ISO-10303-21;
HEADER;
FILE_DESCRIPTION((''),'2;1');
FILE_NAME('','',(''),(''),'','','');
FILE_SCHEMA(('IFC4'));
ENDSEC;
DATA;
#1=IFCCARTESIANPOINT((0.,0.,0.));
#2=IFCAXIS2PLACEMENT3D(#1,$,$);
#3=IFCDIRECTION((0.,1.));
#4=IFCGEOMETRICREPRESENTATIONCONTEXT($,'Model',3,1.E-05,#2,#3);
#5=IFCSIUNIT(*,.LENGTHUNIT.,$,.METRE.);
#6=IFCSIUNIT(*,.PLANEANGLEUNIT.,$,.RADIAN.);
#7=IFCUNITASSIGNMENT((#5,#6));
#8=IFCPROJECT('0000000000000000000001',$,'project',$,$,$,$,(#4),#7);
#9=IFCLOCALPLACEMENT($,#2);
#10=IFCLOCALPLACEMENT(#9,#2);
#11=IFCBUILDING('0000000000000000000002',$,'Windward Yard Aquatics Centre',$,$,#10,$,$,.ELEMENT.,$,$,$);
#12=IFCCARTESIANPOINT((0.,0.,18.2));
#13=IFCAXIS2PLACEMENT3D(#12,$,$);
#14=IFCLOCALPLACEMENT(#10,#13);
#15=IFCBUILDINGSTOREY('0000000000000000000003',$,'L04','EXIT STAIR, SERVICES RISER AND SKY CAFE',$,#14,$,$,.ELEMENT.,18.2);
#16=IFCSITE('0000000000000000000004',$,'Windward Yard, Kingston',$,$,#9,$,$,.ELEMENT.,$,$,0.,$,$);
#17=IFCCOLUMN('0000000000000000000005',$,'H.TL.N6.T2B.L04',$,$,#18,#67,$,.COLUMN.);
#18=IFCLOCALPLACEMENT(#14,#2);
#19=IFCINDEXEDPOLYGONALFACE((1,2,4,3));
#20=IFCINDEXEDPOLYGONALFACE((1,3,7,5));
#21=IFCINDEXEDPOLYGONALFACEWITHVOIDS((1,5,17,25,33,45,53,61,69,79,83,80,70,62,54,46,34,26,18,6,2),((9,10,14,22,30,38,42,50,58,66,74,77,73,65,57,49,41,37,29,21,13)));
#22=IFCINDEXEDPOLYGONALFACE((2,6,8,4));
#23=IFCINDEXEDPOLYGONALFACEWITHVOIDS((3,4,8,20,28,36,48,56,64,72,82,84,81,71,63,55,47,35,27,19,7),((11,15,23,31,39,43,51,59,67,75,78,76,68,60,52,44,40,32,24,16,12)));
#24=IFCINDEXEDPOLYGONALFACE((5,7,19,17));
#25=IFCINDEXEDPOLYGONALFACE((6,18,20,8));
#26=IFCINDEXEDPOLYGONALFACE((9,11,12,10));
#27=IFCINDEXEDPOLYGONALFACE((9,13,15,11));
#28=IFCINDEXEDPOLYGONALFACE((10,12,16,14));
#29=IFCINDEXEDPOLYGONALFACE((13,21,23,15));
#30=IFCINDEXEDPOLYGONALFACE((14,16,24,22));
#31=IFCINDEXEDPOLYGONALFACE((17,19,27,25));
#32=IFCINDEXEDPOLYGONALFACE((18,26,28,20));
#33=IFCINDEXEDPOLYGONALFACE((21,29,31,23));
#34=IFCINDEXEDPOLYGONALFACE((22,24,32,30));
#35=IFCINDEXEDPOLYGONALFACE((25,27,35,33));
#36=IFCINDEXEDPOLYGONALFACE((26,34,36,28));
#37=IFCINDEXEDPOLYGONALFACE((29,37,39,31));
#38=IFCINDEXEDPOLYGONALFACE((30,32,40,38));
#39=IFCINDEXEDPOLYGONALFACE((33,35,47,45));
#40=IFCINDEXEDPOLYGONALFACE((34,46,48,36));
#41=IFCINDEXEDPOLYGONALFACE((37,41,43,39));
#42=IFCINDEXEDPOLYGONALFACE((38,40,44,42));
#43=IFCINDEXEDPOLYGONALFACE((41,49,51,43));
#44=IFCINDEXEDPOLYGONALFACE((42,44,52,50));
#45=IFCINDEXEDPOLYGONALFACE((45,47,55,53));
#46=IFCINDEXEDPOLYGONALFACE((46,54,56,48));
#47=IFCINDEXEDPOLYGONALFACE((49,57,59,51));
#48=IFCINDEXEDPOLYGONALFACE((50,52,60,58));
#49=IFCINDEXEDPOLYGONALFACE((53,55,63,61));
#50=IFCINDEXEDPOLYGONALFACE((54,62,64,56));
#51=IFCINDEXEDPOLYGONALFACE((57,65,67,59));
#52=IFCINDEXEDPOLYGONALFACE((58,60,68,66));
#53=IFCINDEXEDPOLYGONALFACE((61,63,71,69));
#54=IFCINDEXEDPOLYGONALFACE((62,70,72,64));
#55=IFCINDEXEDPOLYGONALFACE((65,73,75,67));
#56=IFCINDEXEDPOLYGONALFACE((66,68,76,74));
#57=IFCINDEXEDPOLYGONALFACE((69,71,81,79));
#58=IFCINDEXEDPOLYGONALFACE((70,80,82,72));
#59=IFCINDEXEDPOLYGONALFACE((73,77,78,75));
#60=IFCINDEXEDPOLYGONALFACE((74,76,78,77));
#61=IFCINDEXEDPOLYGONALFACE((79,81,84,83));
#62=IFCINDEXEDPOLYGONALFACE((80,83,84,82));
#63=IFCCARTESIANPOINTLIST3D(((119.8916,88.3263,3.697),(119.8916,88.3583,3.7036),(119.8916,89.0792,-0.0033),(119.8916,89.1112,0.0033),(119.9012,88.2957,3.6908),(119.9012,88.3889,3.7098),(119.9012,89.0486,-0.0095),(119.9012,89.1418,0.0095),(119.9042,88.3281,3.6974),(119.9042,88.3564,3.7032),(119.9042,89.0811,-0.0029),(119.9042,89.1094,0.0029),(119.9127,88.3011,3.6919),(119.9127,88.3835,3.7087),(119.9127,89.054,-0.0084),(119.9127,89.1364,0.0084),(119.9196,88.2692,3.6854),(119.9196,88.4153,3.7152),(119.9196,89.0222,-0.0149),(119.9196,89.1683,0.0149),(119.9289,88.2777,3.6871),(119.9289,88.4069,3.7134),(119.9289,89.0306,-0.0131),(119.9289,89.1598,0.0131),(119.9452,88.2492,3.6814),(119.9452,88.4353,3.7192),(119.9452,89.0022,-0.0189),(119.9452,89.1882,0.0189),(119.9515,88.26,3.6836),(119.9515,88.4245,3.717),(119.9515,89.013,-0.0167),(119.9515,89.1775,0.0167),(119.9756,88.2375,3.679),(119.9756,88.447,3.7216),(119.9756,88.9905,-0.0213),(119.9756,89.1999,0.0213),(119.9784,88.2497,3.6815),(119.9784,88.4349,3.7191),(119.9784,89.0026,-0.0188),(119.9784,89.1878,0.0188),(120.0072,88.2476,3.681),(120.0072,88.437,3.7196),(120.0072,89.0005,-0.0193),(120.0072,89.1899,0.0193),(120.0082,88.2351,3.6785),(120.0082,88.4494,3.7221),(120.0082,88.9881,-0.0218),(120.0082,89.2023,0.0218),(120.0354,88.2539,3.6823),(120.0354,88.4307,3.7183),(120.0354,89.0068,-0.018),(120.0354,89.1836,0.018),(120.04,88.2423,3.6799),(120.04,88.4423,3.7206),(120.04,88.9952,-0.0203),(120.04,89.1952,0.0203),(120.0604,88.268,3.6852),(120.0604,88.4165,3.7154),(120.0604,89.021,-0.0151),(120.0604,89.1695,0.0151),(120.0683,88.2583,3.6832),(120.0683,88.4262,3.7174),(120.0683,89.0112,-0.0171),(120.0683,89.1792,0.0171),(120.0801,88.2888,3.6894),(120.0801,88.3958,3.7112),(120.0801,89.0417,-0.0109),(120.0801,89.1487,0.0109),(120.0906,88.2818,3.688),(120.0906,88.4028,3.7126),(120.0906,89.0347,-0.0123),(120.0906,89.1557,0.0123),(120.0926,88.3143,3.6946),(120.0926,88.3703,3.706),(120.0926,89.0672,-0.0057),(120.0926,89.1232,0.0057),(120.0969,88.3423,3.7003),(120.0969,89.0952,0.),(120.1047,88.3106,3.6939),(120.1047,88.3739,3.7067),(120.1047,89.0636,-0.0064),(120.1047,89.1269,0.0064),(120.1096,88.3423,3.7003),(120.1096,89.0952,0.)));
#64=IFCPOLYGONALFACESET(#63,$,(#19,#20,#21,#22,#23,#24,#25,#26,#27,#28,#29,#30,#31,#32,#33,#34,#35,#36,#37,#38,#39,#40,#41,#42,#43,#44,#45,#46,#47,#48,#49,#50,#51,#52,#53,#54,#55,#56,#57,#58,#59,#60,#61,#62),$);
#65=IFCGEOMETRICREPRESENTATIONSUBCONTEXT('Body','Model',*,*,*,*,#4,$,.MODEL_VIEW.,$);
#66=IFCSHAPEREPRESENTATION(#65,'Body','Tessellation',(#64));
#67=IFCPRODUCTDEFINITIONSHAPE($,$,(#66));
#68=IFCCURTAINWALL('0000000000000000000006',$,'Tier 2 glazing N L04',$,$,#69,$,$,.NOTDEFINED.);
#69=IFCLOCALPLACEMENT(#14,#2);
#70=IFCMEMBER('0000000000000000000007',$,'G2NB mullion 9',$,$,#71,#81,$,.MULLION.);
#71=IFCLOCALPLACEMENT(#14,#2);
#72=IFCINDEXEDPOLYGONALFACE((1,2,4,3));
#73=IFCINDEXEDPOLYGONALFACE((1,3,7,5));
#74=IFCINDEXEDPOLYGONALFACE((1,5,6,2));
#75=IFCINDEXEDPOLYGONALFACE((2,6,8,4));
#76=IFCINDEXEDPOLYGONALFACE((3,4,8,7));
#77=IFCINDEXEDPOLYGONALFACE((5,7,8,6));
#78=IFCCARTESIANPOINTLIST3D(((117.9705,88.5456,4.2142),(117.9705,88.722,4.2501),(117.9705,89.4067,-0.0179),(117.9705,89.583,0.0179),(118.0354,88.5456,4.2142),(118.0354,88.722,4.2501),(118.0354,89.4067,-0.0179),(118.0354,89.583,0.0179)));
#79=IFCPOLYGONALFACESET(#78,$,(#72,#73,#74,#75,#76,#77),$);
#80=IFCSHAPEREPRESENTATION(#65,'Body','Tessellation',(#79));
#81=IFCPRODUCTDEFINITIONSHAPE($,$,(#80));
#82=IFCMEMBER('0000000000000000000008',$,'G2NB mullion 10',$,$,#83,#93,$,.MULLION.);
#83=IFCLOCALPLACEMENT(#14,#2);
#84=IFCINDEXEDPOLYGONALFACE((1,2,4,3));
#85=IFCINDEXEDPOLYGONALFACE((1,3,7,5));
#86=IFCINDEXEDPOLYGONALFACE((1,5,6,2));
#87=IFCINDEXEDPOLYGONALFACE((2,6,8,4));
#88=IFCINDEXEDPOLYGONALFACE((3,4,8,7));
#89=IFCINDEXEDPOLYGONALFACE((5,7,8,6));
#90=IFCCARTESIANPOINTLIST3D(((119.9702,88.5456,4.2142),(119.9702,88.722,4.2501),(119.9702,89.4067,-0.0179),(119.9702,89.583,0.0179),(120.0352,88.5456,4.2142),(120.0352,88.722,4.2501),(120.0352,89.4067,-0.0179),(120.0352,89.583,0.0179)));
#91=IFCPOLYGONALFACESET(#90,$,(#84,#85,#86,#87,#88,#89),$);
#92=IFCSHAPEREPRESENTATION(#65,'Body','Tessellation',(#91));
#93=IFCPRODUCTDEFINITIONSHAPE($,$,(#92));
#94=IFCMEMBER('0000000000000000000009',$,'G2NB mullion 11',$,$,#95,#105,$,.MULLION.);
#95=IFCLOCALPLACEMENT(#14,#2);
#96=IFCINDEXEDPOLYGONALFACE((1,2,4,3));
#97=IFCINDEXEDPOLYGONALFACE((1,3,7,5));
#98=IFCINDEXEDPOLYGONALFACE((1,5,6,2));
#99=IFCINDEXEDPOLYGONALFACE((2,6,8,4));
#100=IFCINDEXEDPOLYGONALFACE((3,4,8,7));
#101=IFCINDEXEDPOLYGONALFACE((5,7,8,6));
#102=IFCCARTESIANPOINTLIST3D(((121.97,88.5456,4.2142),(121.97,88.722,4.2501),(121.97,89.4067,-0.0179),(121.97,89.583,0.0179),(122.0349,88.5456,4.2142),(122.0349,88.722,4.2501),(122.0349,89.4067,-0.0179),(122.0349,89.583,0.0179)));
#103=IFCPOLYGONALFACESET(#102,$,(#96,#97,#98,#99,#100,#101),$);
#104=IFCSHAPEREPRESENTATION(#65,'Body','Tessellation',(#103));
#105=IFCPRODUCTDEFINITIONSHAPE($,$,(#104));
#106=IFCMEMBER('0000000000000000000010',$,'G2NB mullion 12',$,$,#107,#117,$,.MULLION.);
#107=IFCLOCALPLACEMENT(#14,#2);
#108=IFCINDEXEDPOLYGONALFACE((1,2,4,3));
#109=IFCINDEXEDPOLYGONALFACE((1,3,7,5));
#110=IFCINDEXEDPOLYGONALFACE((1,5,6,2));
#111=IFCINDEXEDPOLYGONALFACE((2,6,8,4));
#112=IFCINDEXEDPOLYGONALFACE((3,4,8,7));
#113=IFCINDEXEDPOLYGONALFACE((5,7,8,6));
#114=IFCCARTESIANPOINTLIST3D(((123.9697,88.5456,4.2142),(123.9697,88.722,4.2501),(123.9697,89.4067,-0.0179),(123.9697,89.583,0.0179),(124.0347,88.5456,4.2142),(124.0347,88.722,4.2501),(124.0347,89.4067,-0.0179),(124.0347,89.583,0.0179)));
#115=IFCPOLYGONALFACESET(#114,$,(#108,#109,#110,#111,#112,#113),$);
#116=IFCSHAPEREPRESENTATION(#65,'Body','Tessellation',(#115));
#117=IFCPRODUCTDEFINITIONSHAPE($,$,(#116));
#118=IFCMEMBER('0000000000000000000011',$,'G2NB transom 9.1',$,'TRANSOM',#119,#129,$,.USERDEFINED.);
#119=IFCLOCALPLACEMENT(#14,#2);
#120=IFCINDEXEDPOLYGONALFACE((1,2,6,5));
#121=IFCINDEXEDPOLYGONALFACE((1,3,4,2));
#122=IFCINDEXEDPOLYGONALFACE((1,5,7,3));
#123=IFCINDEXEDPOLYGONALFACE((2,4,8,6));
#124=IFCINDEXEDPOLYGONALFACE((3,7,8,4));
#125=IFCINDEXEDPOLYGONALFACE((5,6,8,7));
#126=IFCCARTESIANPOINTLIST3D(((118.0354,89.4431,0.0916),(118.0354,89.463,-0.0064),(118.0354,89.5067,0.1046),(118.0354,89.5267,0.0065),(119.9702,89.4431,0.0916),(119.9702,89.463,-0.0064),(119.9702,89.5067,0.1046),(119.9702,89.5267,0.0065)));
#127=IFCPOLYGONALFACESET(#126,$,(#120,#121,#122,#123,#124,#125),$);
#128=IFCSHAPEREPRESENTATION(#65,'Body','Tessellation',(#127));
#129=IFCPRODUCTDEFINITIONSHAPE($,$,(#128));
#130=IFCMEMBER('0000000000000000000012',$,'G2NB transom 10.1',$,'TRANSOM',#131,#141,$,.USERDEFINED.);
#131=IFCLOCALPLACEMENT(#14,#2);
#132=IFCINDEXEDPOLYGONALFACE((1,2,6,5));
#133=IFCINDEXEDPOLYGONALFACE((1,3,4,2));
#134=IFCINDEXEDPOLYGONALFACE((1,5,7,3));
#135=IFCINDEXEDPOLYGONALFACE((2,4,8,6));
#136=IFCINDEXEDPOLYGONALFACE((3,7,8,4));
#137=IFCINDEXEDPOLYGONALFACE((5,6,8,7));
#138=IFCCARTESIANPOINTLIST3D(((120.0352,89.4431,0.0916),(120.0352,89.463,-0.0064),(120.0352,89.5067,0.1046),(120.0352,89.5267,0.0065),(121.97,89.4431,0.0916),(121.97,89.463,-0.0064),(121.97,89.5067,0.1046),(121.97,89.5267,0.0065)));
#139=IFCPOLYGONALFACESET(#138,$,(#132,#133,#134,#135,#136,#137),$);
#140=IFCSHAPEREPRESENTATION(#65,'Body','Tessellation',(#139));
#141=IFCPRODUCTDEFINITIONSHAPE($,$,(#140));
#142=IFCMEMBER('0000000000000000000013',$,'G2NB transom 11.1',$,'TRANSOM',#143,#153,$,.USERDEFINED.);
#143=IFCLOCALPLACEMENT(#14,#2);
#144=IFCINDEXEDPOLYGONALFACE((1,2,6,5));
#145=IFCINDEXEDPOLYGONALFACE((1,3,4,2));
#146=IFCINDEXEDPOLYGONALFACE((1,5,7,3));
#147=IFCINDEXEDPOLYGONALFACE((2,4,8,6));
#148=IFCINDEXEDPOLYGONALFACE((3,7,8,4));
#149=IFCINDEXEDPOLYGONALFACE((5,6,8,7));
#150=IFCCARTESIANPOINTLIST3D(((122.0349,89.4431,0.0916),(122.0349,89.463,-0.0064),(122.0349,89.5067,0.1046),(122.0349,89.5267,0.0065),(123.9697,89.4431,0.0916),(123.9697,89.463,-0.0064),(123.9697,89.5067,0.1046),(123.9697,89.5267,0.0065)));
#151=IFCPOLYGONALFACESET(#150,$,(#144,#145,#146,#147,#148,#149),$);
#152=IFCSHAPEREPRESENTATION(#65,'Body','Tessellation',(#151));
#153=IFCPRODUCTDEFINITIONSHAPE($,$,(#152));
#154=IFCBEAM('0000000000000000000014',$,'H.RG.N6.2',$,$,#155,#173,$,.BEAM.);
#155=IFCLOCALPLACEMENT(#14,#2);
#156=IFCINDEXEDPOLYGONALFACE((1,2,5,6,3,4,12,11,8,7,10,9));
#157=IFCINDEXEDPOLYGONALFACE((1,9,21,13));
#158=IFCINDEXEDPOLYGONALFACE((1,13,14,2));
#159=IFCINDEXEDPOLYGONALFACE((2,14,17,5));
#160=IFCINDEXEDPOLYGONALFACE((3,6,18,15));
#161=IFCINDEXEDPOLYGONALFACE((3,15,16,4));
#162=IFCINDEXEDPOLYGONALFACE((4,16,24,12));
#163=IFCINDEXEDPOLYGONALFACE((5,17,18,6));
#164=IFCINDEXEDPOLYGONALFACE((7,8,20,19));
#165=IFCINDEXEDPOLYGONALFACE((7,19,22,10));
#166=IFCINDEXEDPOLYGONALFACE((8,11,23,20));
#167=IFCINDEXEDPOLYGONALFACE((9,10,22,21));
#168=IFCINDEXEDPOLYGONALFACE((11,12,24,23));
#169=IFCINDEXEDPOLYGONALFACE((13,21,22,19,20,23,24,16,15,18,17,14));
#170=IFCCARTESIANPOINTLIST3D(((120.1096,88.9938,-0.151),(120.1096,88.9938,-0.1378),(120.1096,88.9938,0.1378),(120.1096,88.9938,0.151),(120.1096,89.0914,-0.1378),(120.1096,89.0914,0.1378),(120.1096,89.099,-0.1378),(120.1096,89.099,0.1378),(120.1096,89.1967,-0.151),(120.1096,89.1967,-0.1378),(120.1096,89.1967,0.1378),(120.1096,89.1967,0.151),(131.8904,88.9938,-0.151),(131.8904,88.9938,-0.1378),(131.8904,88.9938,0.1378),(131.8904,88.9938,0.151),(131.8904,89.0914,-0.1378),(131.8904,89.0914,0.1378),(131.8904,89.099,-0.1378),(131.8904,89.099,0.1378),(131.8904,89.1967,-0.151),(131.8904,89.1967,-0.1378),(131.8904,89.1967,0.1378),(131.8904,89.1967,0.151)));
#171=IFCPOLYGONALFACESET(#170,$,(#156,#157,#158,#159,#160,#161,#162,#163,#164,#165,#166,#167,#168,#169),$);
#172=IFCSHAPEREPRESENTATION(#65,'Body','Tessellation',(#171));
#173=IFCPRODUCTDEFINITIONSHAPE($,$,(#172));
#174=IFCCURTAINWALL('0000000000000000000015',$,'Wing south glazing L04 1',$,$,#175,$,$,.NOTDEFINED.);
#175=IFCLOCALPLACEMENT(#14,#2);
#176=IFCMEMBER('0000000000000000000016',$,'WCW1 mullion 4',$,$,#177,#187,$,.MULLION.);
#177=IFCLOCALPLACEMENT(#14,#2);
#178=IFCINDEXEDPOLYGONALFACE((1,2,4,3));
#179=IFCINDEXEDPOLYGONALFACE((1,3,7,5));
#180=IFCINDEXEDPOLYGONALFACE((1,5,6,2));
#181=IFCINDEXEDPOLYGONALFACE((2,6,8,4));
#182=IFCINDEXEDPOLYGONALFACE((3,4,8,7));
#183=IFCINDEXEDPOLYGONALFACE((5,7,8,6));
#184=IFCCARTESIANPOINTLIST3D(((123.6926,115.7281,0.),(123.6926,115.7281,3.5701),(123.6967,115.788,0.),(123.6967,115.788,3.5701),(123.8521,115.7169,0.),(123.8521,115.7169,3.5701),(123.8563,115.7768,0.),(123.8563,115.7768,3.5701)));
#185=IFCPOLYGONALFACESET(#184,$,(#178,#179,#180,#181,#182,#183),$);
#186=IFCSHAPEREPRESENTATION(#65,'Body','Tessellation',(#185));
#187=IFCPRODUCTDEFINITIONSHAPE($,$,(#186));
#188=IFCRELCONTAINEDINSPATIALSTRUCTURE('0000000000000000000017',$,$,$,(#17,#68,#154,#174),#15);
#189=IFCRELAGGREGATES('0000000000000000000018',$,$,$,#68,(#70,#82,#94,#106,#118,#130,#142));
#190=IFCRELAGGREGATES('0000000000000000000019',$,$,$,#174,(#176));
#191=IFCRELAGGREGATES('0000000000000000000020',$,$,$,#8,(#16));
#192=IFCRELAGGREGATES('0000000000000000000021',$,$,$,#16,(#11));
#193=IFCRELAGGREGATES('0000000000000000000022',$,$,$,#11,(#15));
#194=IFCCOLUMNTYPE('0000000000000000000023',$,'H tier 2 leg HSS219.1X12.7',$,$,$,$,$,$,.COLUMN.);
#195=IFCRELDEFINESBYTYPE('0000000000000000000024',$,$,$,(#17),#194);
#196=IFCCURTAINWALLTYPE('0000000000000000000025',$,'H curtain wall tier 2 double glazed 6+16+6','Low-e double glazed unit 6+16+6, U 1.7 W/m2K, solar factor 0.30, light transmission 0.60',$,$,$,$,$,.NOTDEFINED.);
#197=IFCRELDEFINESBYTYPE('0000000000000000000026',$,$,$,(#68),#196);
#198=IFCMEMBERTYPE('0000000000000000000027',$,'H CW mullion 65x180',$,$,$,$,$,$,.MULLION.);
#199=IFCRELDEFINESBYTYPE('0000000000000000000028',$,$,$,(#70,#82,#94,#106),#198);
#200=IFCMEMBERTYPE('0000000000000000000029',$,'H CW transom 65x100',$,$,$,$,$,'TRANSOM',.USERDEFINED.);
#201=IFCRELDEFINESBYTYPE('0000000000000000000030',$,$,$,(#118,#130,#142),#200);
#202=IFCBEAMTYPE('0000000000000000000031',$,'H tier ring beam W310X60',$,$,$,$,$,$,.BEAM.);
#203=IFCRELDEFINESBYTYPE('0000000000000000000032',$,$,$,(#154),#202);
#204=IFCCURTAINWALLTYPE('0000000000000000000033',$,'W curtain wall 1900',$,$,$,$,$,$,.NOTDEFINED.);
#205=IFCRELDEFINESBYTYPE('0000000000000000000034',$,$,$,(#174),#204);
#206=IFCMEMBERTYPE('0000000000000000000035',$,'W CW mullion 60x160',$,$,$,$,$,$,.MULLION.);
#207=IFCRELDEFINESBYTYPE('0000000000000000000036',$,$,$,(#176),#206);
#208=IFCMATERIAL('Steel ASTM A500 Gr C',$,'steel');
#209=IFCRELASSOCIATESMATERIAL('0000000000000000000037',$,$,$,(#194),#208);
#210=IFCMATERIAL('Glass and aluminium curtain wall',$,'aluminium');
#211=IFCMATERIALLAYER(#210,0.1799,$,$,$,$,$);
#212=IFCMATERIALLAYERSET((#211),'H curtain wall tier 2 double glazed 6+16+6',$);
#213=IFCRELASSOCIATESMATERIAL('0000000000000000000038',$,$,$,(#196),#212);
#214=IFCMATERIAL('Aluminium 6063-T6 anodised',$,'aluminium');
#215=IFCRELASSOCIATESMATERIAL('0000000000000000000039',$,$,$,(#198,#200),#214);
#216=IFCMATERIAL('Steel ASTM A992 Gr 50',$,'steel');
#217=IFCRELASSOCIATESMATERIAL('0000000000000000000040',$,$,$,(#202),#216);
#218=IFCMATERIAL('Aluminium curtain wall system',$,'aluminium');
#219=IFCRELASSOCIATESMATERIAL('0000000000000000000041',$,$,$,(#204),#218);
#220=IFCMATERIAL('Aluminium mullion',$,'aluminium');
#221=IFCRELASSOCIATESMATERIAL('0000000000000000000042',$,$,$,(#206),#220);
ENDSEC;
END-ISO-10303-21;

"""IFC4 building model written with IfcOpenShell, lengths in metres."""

from ifc_helpers import new_model, si_unit, direction, frame, origin, origin_2d, place, context, subcontext, project, spatial, rectangle, hollow_circle, i_section, extrude, material, layer, layer_set, material_profile, profile_set, type_object, element, aggregate, save


model = new_model("IFC4")

# Units and contexts
model_context = context("Model", 3, precision=1e-05, world=origin(), true_north=direction((0.0, 1.0)))
body_context = subcontext(model_context, "Body", "Model", "MODEL_VIEW")
ifc_project = project(units=[si_unit("LENGTHUNIT", "METRE"), si_unit("PLANEANGLEUNIT", "RADIAN")], contexts=[model_context])

# Site, building, storey
site_placement = place(None, origin())
site = spatial("IfcSite", under=ifc_project, at=site_placement, Name="Windward Yard, Kingston", CompositionType="ELEMENT", RefElevation=0.0)
building_placement = place(site_placement, origin())
building = spatial("IfcBuilding", under=site, at=building_placement, Name="Windward Yard Aquatics Centre", CompositionType="ELEMENT")
storey_placement = place(building_placement, frame((0.0, 0.0, 18.2)))
storey = spatial("IfcBuildingStorey", under=building, at=storey_placement, Name="L04", Description="EXIT STAIR, SERVICES RISER AND SKY CAFE", CompositionType="ELEMENT", Elevation=18.2)

# Column
ifc_material_1 = material(Name="Steel ASTM A500 Gr C", Category="steel")
ifc_material_profile_1 = material_profile(ifc_material_1, hollow_circle(Radius=0.1096, WallThickness=0.0127, at=origin_2d()), Name="HSS219.1X12.7")
ifc_profile_set_1 = profile_set([ifc_material_profile_1], Name="Steel ASTM A500 Gr C")
column_type = type_object("IfcColumnType", Name="H tier 2 leg HSS219.1X12.7", PredefinedType="COLUMN", material=ifc_profile_set_1)
column_placement = place(storey_placement, frame((120.0, 89.0952, 0.0), z_axis=(0.0, -0.199398, 0.979919), x_axis=(1.0, 0.0, 0.0)))
element("IfcColumn", 1, at=column_placement, inside=storey, type_object=column_type, Name="H.TL.N6.T2B.L04", PredefinedType="COLUMN", context=body_context, shape_type="SweptSolid", body=[
    extrude(hollow_circle(Radius=0.1096, WallThickness=0.0127, at=origin_2d()), origin(), (0.0, 0.0, 1.0), 3.7761),
])

# Curtain wall, members
ifc_material_2 = material(Name="Glass and aluminium curtain wall", Category="aluminium")
ifc_layer_1 = layer(ifc_material_2, 0.1799)
ifc_layer_set_1 = layer_set([ifc_layer_1], Name="H curtain wall tier 2 double glazed 6+16+6")
curtain_wall_type_1 = type_object("IfcCurtainWallType", Name="H curtain wall tier 2 double glazed 6+16+6", Description="Low-e double glazed unit 6+16+6, U 1.7 W/m2K, solar factor 0.30, light transmission 0.60", PredefinedType="NOTDEFINED", material=ifc_layer_set_1)
curtain_wall_1_placement = place(storey_placement, origin())
curtain_wall_1 = element("IfcCurtainWall", 2, at=curtain_wall_1_placement, inside=storey, type_object=curtain_wall_type_1, Name="Tier 2 glazing N L04", PredefinedType="NOTDEFINED")
ifc_material_3 = material(Name="Aluminium 6063-T6 anodised", Category="aluminium")
ifc_material_profile_2 = material_profile(ifc_material_3, rectangle(XDim=0.0649, YDim=0.1799, at=origin_2d()), Name="H CW mullion 65x180")
ifc_profile_set_2 = profile_set([ifc_material_profile_2], Name="Aluminium 6063-T6 anodised")
member_type_1 = type_object("IfcMemberType", Name="H CW mullion 65x180", PredefinedType="MULLION", material=ifc_profile_set_2)
member_1_placement = place(storey_placement, frame((118.0029, 89.4949, 0.0), z_axis=(0.0, -0.199376, 0.979923), x_axis=(1.0, 0.0, 0.0)))
member_1 = element("IfcMember", 3, at=member_1_placement, type_object=member_type_1, Name="G2NB mullion 9", PredefinedType="MULLION", context=body_context, shape_type="SweptSolid", body=[
    extrude(rectangle(XDim=0.0649, YDim=0.1799, at=origin_2d()), origin(), (0.0, 0.0, 1.0), 4.3188),
])
member_2_placement = place(storey_placement, frame((120.0027, 89.4949, 0.0), z_axis=(0.0, -0.199376, 0.979923), x_axis=(1.0, 0.0, 0.0)))
member_2 = element("IfcMember", 4, at=member_2_placement, type_object=member_type_1, Name="G2NB mullion 10", PredefinedType="MULLION", context=body_context, shape_type="SweptSolid", body=[
    extrude(rectangle(XDim=0.0649, YDim=0.1799, at=origin_2d()), origin(), (0.0, 0.0, 1.0), 4.3188),
])
member_3_placement = place(storey_placement, frame((122.0024, 89.4949, 0.0), z_axis=(0.0, -0.199376, 0.979923), x_axis=(1.0, 0.0, 0.0)))
member_3 = element("IfcMember", 5, at=member_3_placement, type_object=member_type_1, Name="G2NB mullion 11", PredefinedType="MULLION", context=body_context, shape_type="SweptSolid", body=[
    extrude(rectangle(XDim=0.0649, YDim=0.1799, at=origin_2d()), origin(), (0.0, 0.0, 1.0), 4.3188),
])
member_4_placement = place(storey_placement, frame((124.0022, 89.4949, 0.0), z_axis=(0.0, -0.199376, 0.979923), x_axis=(1.0, 0.0, 0.0)))
member_4 = element("IfcMember", 6, at=member_4_placement, type_object=member_type_1, Name="G2NB mullion 12", PredefinedType="MULLION", context=body_context, shape_type="SweptSolid", body=[
    extrude(rectangle(XDim=0.0649, YDim=0.1799, at=origin_2d()), origin(), (0.0, 0.0, 1.0), 4.3188),
])
ifc_material_profile_3 = material_profile(ifc_material_3, rectangle(XDim=0.0649, YDim=0.1001, at=origin_2d()), Name="H CW transom 65x100")
ifc_profile_set_3 = profile_set([ifc_material_profile_3], Name="Aluminium 6063-T6 anodised")
member_type_2 = type_object("IfcMemberType", Name="H CW transom 65x100", ElementType="TRANSOM", PredefinedType="USERDEFINED", material=ifc_profile_set_3)
member_5_placement = place(storey_placement, frame((118.0354, 89.4849, 0.0491), z_axis=(1.0, 0.0, 0.0), x_axis=(0.0, 0.979925, 0.199368)))
member_5 = element("IfcMember", 7, at=member_5_placement, type_object=member_type_2, Name="G2NB transom 9.1", ObjectType="TRANSOM", PredefinedType="USERDEFINED", context=body_context, shape_type="SweptSolid", body=[
    extrude(rectangle(XDim=0.0649, YDim=0.1001, at=origin_2d()), origin(), (0.0, 0.0, 1.0), 1.9348),
])
member_6_placement = place(storey_placement, frame((120.0352, 89.4849, 0.0491), z_axis=(1.0, 0.0, 0.0), x_axis=(0.0, 0.979925, 0.199368)))
member_6 = element("IfcMember", 8, at=member_6_placement, type_object=member_type_2, Name="G2NB transom 10.1", ObjectType="TRANSOM", PredefinedType="USERDEFINED", context=body_context, shape_type="SweptSolid", body=[
    extrude(rectangle(XDim=0.0649, YDim=0.1001, at=origin_2d()), origin(), (0.0, 0.0, 1.0), 1.9348),
])
member_7_placement = place(storey_placement, frame((122.0349, 89.4849, 0.0491), z_axis=(1.0, 0.0, 0.0), x_axis=(0.0, 0.979925, 0.199368)))
member_7 = element("IfcMember", 9, at=member_7_placement, type_object=member_type_2, Name="G2NB transom 11.1", ObjectType="TRANSOM", PredefinedType="USERDEFINED", context=body_context, shape_type="SweptSolid", body=[
    extrude(rectangle(XDim=0.0649, YDim=0.1001, at=origin_2d()), origin(), (0.0, 0.0, 1.0), 1.9348),
])

# Beam
ifc_material_4 = material(Name="Steel ASTM A992 Gr 50", Category="steel")
ifc_material_profile_4 = material_profile(ifc_material_4, i_section(OverallWidth=0.2029, OverallDepth=0.302, WebThickness=0.0076, FlangeThickness=0.0132, at=origin_2d()), Name="W310X60")
ifc_profile_set_4 = profile_set([ifc_material_profile_4], Name="Steel ASTM A992 Gr 50")
beam_type = type_object("IfcBeamType", Name="H tier ring beam W310X60", PredefinedType="BEAM", material=ifc_profile_set_4)
beam_placement = place(storey_placement, frame((120.1096, 89.0952, 0.0), z_axis=(1.0, 0.0, 0.0), x_axis=(0.0, 1.0, 0.0)))
element("IfcBeam", 10, at=beam_placement, inside=storey, type_object=beam_type, Name="H.RG.N6.2", PredefinedType="BEAM", context=body_context, shape_type="SweptSolid", body=[
    extrude(i_section(OverallWidth=0.2029, OverallDepth=0.302, WebThickness=0.0076, FlangeThickness=0.0132, at=origin_2d()), origin(), (0.0, 0.0, 1.0), 11.7808),
])

# Curtain wall, member
ifc_material_5 = material(Name="Aluminium curtain wall system", Category="aluminium")
curtain_wall_type_2 = type_object("IfcCurtainWallType", Name="W curtain wall 1900", PredefinedType="NOTDEFINED", material=ifc_material_5)
curtain_wall_2_placement = place(storey_placement, origin())
curtain_wall_2 = element("IfcCurtainWall", 11, at=curtain_wall_2_placement, inside=storey, type_object=curtain_wall_type_2, Name="Wing south glazing L04 1", PredefinedType="NOTDEFINED")
ifc_material_6 = material(Name="Aluminium mullion", Category="aluminium")
ifc_material_profile_5 = material_profile(ifc_material_6, rectangle(XDim=0.0601, YDim=0.1599, at=origin_2d()), Name="AL 60x160")
ifc_profile_set_5 = profile_set([ifc_material_profile_5], Name="Aluminium mullion")
member_type_3 = type_object("IfcMemberType", Name="W CW mullion 60x160", PredefinedType="MULLION", material=ifc_profile_set_5)
member_8_placement = place(storey_placement, frame((123.7744, 115.7524, 0.0), z_axis=(0.0, 0.0, 1.0), x_axis=(0.069758, 0.997564, 0.0)))
member_8 = element("IfcMember", 12, at=member_8_placement, type_object=member_type_3, Name="WCW1 mullion 4", PredefinedType="MULLION", context=body_context, shape_type="SweptSolid", body=[
    extrude(rectangle(XDim=0.0601, YDim=0.1599, at=origin_2d()), origin(), (0.0, 0.0, 1.0), 3.5701),
])

aggregate(curtain_wall_1, [member_1, member_2, member_3, member_4, member_5, member_6, member_7])
aggregate(curtain_wall_2, [member_8])

save(model, "model.ifc")
